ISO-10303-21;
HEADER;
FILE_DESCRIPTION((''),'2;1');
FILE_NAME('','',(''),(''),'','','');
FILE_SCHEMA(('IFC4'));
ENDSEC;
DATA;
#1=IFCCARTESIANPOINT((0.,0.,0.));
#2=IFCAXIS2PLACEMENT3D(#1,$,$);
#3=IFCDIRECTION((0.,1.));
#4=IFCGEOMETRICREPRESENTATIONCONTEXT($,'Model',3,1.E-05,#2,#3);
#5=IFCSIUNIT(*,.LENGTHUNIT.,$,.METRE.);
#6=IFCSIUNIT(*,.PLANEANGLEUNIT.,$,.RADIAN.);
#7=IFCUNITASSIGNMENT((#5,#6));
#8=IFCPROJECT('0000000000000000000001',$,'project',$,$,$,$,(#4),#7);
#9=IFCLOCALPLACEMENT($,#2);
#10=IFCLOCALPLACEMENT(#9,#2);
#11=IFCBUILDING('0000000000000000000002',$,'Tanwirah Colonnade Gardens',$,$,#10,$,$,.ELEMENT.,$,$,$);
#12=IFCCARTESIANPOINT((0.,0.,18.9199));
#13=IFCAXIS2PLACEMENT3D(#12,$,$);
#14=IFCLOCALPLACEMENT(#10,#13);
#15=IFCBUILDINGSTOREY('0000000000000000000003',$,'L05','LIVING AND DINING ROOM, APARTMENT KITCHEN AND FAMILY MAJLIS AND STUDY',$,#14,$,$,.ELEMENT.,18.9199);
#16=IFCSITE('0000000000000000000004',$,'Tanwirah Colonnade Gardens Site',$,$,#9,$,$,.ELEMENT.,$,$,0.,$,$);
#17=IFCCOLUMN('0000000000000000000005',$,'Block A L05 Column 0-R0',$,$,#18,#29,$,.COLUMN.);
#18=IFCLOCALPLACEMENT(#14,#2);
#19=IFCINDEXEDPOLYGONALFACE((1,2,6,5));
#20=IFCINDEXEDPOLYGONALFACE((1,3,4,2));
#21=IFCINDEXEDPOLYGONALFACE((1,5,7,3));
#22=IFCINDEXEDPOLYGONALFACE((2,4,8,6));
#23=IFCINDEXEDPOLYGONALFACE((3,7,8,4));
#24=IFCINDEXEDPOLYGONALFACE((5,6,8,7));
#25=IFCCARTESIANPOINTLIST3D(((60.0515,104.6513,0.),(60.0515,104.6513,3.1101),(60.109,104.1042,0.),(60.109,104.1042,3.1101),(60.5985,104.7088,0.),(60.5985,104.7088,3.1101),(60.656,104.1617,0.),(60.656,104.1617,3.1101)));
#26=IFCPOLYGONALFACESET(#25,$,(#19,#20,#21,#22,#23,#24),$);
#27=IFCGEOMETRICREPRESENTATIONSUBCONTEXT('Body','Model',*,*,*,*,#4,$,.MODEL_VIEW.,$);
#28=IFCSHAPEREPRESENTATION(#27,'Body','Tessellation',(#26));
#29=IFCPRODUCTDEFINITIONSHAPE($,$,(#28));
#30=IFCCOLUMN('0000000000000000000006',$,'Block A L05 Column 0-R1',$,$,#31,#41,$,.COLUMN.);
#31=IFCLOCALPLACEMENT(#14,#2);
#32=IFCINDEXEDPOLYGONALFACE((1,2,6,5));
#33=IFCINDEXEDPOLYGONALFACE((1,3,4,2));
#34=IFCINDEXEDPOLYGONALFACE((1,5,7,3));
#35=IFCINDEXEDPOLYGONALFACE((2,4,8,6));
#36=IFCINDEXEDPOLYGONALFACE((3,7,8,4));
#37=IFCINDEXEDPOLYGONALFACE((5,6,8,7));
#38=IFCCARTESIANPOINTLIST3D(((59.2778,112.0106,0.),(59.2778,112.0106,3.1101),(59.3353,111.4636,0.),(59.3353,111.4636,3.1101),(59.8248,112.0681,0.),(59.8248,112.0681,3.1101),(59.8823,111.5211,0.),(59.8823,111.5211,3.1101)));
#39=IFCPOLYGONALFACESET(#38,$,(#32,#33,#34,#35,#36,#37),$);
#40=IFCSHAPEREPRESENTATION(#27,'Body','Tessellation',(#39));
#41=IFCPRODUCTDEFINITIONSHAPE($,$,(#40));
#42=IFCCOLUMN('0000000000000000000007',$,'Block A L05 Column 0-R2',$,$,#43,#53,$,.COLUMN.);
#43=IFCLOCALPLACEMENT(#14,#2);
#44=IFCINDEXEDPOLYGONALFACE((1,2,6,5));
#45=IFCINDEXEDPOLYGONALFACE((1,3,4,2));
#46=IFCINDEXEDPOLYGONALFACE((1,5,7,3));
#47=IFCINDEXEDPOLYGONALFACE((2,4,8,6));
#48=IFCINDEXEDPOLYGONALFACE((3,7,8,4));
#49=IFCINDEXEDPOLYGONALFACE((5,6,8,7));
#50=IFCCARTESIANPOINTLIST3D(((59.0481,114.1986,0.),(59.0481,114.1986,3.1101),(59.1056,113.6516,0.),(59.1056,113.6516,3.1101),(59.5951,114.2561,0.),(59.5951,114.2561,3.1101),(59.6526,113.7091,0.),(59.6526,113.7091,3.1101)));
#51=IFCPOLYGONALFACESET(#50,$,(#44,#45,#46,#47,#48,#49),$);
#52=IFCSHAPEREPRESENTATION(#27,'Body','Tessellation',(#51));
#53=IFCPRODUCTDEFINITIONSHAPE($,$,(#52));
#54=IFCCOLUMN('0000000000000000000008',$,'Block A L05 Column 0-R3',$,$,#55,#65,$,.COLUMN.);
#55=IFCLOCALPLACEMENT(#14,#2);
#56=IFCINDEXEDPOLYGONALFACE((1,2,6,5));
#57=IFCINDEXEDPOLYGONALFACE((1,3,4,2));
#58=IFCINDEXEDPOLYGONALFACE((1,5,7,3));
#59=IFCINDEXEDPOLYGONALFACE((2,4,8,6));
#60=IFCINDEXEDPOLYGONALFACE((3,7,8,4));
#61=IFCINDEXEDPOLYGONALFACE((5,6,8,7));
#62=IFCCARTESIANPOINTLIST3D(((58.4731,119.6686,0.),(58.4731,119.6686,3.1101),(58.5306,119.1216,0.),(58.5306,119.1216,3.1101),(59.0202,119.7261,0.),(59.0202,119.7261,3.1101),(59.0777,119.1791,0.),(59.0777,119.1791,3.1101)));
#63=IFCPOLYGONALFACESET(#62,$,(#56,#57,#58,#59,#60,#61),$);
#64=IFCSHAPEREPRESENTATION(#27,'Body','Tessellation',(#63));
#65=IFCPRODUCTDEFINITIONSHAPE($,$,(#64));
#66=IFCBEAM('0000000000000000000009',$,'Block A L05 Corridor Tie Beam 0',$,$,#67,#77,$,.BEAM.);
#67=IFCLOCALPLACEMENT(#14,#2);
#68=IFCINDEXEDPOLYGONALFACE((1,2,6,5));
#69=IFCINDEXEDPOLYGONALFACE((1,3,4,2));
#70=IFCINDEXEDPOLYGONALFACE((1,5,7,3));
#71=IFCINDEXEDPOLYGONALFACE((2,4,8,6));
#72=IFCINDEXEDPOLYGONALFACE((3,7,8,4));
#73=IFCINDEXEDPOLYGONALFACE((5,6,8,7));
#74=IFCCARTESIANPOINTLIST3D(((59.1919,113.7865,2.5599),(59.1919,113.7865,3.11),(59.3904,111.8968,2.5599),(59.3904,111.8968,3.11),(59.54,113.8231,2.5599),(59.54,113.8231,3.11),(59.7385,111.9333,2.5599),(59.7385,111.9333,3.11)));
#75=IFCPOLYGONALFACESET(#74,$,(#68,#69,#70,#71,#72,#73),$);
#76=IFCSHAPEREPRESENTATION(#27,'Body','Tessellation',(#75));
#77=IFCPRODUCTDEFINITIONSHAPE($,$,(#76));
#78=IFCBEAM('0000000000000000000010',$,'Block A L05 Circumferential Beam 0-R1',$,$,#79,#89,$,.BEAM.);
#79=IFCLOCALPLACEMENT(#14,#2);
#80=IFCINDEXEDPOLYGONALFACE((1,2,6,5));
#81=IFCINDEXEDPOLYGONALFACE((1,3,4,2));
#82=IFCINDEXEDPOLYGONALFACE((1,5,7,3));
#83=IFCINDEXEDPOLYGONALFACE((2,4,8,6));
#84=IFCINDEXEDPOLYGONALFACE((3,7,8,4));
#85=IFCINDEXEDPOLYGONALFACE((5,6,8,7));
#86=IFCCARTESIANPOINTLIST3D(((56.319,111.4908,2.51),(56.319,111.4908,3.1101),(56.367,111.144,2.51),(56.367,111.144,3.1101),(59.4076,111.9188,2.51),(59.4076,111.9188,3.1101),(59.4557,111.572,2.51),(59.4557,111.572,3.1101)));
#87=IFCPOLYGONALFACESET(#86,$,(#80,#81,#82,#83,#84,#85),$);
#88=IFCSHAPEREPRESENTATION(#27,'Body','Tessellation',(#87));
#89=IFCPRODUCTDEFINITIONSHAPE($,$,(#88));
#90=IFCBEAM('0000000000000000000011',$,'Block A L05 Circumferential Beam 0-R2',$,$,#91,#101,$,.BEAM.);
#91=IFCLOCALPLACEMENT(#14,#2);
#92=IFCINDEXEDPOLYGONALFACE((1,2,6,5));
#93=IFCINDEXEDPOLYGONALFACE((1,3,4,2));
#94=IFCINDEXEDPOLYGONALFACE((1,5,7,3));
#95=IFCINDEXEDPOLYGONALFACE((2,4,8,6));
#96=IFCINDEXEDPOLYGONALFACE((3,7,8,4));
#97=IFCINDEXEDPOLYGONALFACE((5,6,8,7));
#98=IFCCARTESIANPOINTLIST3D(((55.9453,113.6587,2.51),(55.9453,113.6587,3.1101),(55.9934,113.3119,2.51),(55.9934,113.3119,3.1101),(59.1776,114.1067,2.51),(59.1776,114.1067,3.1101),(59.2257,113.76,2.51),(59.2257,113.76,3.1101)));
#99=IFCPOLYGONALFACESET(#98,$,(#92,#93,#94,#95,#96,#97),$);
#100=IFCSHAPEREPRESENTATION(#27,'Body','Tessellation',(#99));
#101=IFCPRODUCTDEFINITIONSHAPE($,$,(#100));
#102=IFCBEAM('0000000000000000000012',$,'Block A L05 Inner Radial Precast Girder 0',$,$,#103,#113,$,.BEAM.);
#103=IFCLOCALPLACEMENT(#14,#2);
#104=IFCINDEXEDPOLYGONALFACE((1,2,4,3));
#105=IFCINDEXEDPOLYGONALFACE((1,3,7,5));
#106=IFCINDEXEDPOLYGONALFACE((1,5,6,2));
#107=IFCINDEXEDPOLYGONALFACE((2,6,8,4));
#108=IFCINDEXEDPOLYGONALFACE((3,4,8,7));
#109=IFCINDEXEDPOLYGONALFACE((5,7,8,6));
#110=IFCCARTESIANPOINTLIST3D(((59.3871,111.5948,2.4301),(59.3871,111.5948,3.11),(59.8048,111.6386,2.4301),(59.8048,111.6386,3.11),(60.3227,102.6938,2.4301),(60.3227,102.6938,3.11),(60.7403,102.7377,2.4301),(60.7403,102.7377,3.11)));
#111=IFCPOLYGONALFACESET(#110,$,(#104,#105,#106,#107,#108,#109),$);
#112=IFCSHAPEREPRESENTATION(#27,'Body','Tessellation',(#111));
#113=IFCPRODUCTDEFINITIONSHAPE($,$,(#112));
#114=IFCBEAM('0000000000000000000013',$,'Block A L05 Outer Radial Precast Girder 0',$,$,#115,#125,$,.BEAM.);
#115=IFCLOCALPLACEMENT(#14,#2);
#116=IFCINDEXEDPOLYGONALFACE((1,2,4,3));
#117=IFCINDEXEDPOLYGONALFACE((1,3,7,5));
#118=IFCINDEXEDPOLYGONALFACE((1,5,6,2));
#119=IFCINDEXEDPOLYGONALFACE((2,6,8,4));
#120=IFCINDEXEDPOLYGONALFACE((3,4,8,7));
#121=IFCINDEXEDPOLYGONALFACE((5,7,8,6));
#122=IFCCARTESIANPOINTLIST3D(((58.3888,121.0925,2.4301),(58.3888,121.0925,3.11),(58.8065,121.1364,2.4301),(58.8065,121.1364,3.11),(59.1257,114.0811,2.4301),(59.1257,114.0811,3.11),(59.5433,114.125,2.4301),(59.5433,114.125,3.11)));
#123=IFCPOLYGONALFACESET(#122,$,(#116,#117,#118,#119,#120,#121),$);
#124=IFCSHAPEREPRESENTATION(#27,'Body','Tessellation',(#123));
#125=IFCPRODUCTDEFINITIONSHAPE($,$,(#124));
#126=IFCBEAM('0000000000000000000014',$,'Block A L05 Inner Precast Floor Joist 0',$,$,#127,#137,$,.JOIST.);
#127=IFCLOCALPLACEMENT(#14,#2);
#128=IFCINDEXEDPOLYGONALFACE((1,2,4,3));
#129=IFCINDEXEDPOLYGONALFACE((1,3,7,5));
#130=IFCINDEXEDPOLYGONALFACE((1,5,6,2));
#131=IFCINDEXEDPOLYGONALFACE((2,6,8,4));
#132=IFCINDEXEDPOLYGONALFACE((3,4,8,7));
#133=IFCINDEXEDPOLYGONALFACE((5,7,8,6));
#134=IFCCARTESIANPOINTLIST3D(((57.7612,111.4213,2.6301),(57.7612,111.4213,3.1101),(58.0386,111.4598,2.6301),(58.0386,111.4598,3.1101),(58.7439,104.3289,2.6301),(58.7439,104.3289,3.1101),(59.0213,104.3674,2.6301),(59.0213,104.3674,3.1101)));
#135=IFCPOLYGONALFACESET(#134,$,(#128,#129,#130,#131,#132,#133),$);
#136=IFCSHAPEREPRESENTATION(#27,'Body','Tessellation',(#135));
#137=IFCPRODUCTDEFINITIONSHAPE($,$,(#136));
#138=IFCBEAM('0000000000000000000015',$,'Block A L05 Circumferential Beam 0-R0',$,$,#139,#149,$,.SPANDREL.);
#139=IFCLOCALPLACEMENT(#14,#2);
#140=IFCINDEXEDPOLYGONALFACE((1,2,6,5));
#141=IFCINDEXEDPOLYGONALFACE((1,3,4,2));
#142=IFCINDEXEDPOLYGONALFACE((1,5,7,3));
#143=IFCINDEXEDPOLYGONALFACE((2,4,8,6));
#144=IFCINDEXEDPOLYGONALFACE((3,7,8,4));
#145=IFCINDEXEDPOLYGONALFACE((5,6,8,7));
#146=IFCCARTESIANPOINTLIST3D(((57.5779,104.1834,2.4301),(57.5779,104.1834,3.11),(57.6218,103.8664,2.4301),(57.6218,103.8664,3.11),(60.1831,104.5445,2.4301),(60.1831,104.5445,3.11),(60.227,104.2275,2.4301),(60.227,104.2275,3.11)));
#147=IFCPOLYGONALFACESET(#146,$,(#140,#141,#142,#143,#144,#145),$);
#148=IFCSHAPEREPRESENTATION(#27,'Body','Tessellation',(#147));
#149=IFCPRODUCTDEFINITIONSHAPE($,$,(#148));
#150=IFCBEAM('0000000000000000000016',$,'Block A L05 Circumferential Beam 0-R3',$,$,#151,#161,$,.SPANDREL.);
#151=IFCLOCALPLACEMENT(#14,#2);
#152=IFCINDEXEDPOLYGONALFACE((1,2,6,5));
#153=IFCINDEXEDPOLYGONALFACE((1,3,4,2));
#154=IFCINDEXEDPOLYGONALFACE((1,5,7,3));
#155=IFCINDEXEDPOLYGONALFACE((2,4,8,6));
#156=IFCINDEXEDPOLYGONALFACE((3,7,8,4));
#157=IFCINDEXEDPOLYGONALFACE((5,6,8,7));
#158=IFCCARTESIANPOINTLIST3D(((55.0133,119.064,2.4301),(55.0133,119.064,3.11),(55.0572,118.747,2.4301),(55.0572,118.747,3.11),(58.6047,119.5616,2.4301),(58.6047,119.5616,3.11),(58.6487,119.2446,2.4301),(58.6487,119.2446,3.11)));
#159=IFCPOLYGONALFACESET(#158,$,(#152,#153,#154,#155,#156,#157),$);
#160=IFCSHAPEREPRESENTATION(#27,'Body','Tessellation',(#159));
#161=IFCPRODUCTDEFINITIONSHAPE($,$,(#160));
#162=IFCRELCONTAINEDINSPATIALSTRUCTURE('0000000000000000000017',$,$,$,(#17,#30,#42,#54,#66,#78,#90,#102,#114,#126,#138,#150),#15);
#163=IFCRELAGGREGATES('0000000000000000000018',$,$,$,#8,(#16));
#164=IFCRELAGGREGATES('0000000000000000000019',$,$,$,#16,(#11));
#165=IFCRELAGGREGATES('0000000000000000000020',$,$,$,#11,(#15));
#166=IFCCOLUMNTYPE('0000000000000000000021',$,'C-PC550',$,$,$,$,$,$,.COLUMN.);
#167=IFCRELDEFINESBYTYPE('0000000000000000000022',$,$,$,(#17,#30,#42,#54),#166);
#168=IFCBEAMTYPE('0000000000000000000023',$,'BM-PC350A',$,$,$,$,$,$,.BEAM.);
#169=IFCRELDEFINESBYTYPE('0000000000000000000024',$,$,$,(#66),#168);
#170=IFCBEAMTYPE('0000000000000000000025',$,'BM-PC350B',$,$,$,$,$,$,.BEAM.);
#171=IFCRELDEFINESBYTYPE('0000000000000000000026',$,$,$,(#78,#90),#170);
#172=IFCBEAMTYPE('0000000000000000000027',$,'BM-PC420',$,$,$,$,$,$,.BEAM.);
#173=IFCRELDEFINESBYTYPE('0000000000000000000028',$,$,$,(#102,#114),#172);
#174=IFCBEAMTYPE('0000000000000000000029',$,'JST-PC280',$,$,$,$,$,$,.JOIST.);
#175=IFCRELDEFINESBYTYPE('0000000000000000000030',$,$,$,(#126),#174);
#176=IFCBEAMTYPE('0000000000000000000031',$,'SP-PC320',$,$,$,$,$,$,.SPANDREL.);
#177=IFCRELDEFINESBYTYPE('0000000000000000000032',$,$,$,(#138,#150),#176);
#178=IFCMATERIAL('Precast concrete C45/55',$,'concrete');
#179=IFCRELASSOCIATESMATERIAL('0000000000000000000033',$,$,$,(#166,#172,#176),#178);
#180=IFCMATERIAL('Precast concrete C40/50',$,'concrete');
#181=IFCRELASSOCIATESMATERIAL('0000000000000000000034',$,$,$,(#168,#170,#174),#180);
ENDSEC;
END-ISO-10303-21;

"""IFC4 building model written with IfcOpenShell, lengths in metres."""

from ifc_helpers import new_model, si_unit, direction, frame, origin, origin_2d, place, context, subcontext, project, spatial, rectangle, extrude, material, material_profile, profile_set, type_object, element, save


model = new_model("IFC4")

# Units and contexts
model_context = context("Model", 3, precision=1e-05, world=origin(), true_north=direction((0.0, 1.0)))
body_context = subcontext(model_context, "Body", "Model", "MODEL_VIEW")
ifc_project = project(units=[si_unit("LENGTHUNIT", "METRE"), si_unit("PLANEANGLEUNIT", "RADIAN")], contexts=[model_context])

# Site, building, storey
site_placement = place(None, origin())
site = spatial("IfcSite", under=ifc_project, at=site_placement, Name="Tanwirah Colonnade Gardens Site", CompositionType="ELEMENT", RefElevation=0.0)
building_placement = place(site_placement, origin())
building = spatial("IfcBuilding", under=site, at=building_placement, Name="Tanwirah Colonnade Gardens", CompositionType="ELEMENT")
storey_placement = place(building_placement, frame((0.0, 0.0, 18.9199)))
storey = spatial("IfcBuildingStorey", under=building, at=storey_placement, Name="L05", Description="LIVING AND DINING ROOM, APARTMENT KITCHEN AND FAMILY MAJLIS AND STUDY", CompositionType="ELEMENT", Elevation=18.9199)

# Columns
ifc_material_1 = material(Name="Precast concrete C45/55", Category="concrete")
ifc_material_profile_1 = material_profile(ifc_material_1, rectangle(XDim=0.55, YDim=0.55, at=origin_2d()), Name="PC-COL 550x550")
ifc_profile_set_1 = profile_set([ifc_material_profile_1], Name="Precast concrete C45/55")
column_type = type_object("IfcColumnType", Name="C-PC550", PredefinedType="COLUMN", material=ifc_profile_set_1)
for number, where, z_axis, x_axis, name in (
    (1, (60.3538, 104.4065, 0.0), (0.0, 0.0, 1.0), (-0.104528, 0.994522, 0.0), "Block A L05 Column 0-R0"),
    (2, (59.5801, 111.7659, 0.0), (0.0, 0.0, 1.0), (-0.104528, 0.994522, 0.0), "Block A L05 Column 0-R1"),
    (3, (59.3503, 113.9539, 0.0), (0.0, 0.0, 1.0), (-0.104528, 0.994522, 0.0), "Block A L05 Column 0-R2"),
    (4, (58.7754, 119.4238, 0.0), (0.0, 0.0, 1.0), (-0.104528, 0.994522, 0.0), "Block A L05 Column 0-R3"),
):
    element("IfcColumn", number, at=place(storey_placement, frame(where, z_axis=z_axis, x_axis=x_axis)), inside=storey, type_object=column_type, Name=name, PredefinedType="COLUMN", context=body_context, shape_type="SweptSolid", body=[
        extrude(rectangle(XDim=0.55, YDim=0.55, at=origin_2d()), origin(), (0.0, 0.0, 1.0), 3.1101),
    ])

# Beams
ifc_material_2 = material(Name="Precast concrete C40/50", Category="concrete")
ifc_material_profile_2 = material_profile(ifc_material_2, rectangle(XDim=0.3501, YDim=0.55, at=origin_2d()), Name="PC-BM 350x550")
ifc_profile_set_2 = profile_set([ifc_material_profile_2], Name="Precast concrete C40/50")
beam_type_1 = type_object("IfcBeamType", Name="BM-PC350A", PredefinedType="BEAM", material=ifc_profile_set_2)
beam_1_placement = place(storey_placement, frame((59.5645, 111.915, 2.835), z_axis=(-0.104464, 0.994529, 0.0), x_axis=(-0.994529, -0.104464, 0.0)))
element("IfcBeam", 5, at=beam_1_placement, inside=storey, type_object=beam_type_1, Name="Block A L05 Corridor Tie Beam 0", PredefinedType="BEAM", context=body_context, shape_type="SweptSolid", body=[
    extrude(rectangle(XDim=0.3501, YDim=0.55, at=origin_2d()), origin(), (0.0, 0.0, 1.0), 1.9001),
])
ifc_material_profile_3 = material_profile(ifc_material_2, rectangle(XDim=0.3501, YDim=0.6001, at=origin_2d()), Name="PC-BM 350x600")
ifc_profile_set_3 = profile_set([ifc_material_profile_3], Name="Precast concrete C40/50")
beam_type_2 = type_object("IfcBeamType", Name="BM-PC350B", PredefinedType="BEAM", material=ifc_profile_set_3)
beam_2_placement = place(storey_placement, frame((59.4316, 111.7454, 2.8101), z_axis=(-0.990536, -0.137255, 0.0), x_axis=(0.137255, -0.990536, 0.0)))
element("IfcBeam", 6, at=beam_2_placement, inside=storey, type_object=beam_type_2, Name="Block A L05 Circumferential Beam 0-R1", PredefinedType="BEAM", context=body_context, shape_type="SweptSolid", body=[
    extrude(rectangle(XDim=0.3501, YDim=0.6001, at=origin_2d()), origin(), (0.0, 0.0, 1.0), 3.1182),
])
beam_3_placement = place(storey_placement, frame((59.2017, 113.9333, 2.8101), z_axis=(-0.99053, -0.137293, 0.0), x_axis=(0.137293, -0.99053, 0.0)))
element("IfcBeam", 7, at=beam_3_placement, inside=storey, type_object=beam_type_2, Name="Block A L05 Circumferential Beam 0-R2", PredefinedType="BEAM", context=body_context, shape_type="SweptSolid", body=[
    extrude(rectangle(XDim=0.3501, YDim=0.6001, at=origin_2d()), origin(), (0.0, 0.0, 1.0), 3.2632),
])
ifc_material_profile_4 = material_profile(ifc_material_1, rectangle(XDim=0.4199, YDim=0.6799, at=origin_2d()), Name="PC-BM 420x680")
ifc_profile_set_4 = profile_set([ifc_material_profile_4], Name="Precast concrete C45/55")
beam_type_3 = type_object("IfcBeamType", Name="BM-PC420", PredefinedType="BEAM", material=ifc_profile_set_4)
beam_4_placement = place(storey_placement, frame((59.5959, 111.6167, 2.77), z_axis=(0.104531, -0.994522, 0.0), x_axis=(0.994522, 0.104531, 0.0)))
element("IfcBeam", 8, at=beam_4_placement, inside=storey, type_object=beam_type_3, Name="Block A L05 Inner Radial Precast Girder 0", PredefinedType="BEAM", context=body_context, shape_type="SweptSolid", body=[
    extrude(rectangle(XDim=0.4199, YDim=0.6799, at=origin_2d()), origin(), (0.0, 0.0, 1.0), 8.95),
])
beam_5_placement = place(storey_placement, frame((59.3345, 114.103, 2.77), z_axis=(-0.104512, 0.994524, 0.0), x_axis=(-0.994524, -0.104512, 0.0)))
element("IfcBeam", 9, at=beam_5_placement, inside=storey, type_object=beam_type_3, Name="Block A L05 Outer Radial Precast Girder 0", PredefinedType="BEAM", context=body_context, shape_type="SweptSolid", body=[
    extrude(rectangle(XDim=0.4199, YDim=0.6799, at=origin_2d()), origin(), (0.0, 0.0, 1.0), 7.05),
])
ifc_material_profile_5 = material_profile(ifc_material_2, rectangle(XDim=0.28, YDim=0.48, at=origin_2d()), Name="PC-JST 280x480")
ifc_profile_set_5 = profile_set([ifc_material_profile_5], Name="Precast concrete C40/50")
beam_type_4 = type_object("IfcBeamType", Name="JST-PC280", PredefinedType="JOIST", material=ifc_profile_set_5)
beam_6_placement = place(storey_placement, frame((58.8826, 104.3481, 2.8701), z_axis=(-0.137243, 0.990537, 0.0), x_axis=(-0.990537, -0.137243, 0.0)))
element("IfcBeam", 10, at=beam_6_placement, inside=storey, type_object=beam_type_4, Name="Block A L05 Inner Precast Floor Joist 0", PredefinedType="JOIST", context=body_context, shape_type="SweptSolid", body=[
    extrude(rectangle(XDim=0.28, YDim=0.48, at=origin_2d()), origin(), (0.0, 0.0, 1.0), 7.1602),
])
ifc_material_profile_6 = material_profile(ifc_material_1, rectangle(XDim=0.3201, YDim=0.6799, at=origin_2d()), Name="PC-SP 320x680")
ifc_profile_set_6 = profile_set([ifc_material_profile_6], Name="Precast concrete C45/55")
beam_type_5 = type_object("IfcBeamType", Name="SP-PC320", PredefinedType="SPANDREL", material=ifc_profile_set_6)
beam_7_placement = place(storey_placement, frame((60.2051, 104.386, 2.77), z_axis=(-0.990531, -0.137288, 0.0), x_axis=(0.137288, -0.990531, 0.0)))
element("IfcBeam", 11, at=beam_7_placement, inside=storey, type_object=beam_type_5, Name="Block A L05 Circumferential Beam 0-R0", PredefinedType="SPANDREL", context=body_context, shape_type="SweptSolid", body=[
    extrude(rectangle(XDim=0.3201, YDim=0.6799, at=origin_2d()), origin(), (0.0, 0.0, 1.0), 2.6301),
])
beam_8_placement = place(storey_placement, frame((58.6267, 119.4031, 2.77), z_axis=(-0.990539, -0.137234, 0.0), x_axis=(0.137234, -0.990539, 0.0)))
element("IfcBeam", 12, at=beam_8_placement, inside=storey, type_object=beam_type_5, Name="Block A L05 Circumferential Beam 0-R3", PredefinedType="SPANDREL", context=body_context, shape_type="SweptSolid", body=[
    extrude(rectangle(XDim=0.3201, YDim=0.6799, at=origin_2d()), origin(), (0.0, 0.0, 1.0), 3.6257),
])

save(model, "model.ifc")
